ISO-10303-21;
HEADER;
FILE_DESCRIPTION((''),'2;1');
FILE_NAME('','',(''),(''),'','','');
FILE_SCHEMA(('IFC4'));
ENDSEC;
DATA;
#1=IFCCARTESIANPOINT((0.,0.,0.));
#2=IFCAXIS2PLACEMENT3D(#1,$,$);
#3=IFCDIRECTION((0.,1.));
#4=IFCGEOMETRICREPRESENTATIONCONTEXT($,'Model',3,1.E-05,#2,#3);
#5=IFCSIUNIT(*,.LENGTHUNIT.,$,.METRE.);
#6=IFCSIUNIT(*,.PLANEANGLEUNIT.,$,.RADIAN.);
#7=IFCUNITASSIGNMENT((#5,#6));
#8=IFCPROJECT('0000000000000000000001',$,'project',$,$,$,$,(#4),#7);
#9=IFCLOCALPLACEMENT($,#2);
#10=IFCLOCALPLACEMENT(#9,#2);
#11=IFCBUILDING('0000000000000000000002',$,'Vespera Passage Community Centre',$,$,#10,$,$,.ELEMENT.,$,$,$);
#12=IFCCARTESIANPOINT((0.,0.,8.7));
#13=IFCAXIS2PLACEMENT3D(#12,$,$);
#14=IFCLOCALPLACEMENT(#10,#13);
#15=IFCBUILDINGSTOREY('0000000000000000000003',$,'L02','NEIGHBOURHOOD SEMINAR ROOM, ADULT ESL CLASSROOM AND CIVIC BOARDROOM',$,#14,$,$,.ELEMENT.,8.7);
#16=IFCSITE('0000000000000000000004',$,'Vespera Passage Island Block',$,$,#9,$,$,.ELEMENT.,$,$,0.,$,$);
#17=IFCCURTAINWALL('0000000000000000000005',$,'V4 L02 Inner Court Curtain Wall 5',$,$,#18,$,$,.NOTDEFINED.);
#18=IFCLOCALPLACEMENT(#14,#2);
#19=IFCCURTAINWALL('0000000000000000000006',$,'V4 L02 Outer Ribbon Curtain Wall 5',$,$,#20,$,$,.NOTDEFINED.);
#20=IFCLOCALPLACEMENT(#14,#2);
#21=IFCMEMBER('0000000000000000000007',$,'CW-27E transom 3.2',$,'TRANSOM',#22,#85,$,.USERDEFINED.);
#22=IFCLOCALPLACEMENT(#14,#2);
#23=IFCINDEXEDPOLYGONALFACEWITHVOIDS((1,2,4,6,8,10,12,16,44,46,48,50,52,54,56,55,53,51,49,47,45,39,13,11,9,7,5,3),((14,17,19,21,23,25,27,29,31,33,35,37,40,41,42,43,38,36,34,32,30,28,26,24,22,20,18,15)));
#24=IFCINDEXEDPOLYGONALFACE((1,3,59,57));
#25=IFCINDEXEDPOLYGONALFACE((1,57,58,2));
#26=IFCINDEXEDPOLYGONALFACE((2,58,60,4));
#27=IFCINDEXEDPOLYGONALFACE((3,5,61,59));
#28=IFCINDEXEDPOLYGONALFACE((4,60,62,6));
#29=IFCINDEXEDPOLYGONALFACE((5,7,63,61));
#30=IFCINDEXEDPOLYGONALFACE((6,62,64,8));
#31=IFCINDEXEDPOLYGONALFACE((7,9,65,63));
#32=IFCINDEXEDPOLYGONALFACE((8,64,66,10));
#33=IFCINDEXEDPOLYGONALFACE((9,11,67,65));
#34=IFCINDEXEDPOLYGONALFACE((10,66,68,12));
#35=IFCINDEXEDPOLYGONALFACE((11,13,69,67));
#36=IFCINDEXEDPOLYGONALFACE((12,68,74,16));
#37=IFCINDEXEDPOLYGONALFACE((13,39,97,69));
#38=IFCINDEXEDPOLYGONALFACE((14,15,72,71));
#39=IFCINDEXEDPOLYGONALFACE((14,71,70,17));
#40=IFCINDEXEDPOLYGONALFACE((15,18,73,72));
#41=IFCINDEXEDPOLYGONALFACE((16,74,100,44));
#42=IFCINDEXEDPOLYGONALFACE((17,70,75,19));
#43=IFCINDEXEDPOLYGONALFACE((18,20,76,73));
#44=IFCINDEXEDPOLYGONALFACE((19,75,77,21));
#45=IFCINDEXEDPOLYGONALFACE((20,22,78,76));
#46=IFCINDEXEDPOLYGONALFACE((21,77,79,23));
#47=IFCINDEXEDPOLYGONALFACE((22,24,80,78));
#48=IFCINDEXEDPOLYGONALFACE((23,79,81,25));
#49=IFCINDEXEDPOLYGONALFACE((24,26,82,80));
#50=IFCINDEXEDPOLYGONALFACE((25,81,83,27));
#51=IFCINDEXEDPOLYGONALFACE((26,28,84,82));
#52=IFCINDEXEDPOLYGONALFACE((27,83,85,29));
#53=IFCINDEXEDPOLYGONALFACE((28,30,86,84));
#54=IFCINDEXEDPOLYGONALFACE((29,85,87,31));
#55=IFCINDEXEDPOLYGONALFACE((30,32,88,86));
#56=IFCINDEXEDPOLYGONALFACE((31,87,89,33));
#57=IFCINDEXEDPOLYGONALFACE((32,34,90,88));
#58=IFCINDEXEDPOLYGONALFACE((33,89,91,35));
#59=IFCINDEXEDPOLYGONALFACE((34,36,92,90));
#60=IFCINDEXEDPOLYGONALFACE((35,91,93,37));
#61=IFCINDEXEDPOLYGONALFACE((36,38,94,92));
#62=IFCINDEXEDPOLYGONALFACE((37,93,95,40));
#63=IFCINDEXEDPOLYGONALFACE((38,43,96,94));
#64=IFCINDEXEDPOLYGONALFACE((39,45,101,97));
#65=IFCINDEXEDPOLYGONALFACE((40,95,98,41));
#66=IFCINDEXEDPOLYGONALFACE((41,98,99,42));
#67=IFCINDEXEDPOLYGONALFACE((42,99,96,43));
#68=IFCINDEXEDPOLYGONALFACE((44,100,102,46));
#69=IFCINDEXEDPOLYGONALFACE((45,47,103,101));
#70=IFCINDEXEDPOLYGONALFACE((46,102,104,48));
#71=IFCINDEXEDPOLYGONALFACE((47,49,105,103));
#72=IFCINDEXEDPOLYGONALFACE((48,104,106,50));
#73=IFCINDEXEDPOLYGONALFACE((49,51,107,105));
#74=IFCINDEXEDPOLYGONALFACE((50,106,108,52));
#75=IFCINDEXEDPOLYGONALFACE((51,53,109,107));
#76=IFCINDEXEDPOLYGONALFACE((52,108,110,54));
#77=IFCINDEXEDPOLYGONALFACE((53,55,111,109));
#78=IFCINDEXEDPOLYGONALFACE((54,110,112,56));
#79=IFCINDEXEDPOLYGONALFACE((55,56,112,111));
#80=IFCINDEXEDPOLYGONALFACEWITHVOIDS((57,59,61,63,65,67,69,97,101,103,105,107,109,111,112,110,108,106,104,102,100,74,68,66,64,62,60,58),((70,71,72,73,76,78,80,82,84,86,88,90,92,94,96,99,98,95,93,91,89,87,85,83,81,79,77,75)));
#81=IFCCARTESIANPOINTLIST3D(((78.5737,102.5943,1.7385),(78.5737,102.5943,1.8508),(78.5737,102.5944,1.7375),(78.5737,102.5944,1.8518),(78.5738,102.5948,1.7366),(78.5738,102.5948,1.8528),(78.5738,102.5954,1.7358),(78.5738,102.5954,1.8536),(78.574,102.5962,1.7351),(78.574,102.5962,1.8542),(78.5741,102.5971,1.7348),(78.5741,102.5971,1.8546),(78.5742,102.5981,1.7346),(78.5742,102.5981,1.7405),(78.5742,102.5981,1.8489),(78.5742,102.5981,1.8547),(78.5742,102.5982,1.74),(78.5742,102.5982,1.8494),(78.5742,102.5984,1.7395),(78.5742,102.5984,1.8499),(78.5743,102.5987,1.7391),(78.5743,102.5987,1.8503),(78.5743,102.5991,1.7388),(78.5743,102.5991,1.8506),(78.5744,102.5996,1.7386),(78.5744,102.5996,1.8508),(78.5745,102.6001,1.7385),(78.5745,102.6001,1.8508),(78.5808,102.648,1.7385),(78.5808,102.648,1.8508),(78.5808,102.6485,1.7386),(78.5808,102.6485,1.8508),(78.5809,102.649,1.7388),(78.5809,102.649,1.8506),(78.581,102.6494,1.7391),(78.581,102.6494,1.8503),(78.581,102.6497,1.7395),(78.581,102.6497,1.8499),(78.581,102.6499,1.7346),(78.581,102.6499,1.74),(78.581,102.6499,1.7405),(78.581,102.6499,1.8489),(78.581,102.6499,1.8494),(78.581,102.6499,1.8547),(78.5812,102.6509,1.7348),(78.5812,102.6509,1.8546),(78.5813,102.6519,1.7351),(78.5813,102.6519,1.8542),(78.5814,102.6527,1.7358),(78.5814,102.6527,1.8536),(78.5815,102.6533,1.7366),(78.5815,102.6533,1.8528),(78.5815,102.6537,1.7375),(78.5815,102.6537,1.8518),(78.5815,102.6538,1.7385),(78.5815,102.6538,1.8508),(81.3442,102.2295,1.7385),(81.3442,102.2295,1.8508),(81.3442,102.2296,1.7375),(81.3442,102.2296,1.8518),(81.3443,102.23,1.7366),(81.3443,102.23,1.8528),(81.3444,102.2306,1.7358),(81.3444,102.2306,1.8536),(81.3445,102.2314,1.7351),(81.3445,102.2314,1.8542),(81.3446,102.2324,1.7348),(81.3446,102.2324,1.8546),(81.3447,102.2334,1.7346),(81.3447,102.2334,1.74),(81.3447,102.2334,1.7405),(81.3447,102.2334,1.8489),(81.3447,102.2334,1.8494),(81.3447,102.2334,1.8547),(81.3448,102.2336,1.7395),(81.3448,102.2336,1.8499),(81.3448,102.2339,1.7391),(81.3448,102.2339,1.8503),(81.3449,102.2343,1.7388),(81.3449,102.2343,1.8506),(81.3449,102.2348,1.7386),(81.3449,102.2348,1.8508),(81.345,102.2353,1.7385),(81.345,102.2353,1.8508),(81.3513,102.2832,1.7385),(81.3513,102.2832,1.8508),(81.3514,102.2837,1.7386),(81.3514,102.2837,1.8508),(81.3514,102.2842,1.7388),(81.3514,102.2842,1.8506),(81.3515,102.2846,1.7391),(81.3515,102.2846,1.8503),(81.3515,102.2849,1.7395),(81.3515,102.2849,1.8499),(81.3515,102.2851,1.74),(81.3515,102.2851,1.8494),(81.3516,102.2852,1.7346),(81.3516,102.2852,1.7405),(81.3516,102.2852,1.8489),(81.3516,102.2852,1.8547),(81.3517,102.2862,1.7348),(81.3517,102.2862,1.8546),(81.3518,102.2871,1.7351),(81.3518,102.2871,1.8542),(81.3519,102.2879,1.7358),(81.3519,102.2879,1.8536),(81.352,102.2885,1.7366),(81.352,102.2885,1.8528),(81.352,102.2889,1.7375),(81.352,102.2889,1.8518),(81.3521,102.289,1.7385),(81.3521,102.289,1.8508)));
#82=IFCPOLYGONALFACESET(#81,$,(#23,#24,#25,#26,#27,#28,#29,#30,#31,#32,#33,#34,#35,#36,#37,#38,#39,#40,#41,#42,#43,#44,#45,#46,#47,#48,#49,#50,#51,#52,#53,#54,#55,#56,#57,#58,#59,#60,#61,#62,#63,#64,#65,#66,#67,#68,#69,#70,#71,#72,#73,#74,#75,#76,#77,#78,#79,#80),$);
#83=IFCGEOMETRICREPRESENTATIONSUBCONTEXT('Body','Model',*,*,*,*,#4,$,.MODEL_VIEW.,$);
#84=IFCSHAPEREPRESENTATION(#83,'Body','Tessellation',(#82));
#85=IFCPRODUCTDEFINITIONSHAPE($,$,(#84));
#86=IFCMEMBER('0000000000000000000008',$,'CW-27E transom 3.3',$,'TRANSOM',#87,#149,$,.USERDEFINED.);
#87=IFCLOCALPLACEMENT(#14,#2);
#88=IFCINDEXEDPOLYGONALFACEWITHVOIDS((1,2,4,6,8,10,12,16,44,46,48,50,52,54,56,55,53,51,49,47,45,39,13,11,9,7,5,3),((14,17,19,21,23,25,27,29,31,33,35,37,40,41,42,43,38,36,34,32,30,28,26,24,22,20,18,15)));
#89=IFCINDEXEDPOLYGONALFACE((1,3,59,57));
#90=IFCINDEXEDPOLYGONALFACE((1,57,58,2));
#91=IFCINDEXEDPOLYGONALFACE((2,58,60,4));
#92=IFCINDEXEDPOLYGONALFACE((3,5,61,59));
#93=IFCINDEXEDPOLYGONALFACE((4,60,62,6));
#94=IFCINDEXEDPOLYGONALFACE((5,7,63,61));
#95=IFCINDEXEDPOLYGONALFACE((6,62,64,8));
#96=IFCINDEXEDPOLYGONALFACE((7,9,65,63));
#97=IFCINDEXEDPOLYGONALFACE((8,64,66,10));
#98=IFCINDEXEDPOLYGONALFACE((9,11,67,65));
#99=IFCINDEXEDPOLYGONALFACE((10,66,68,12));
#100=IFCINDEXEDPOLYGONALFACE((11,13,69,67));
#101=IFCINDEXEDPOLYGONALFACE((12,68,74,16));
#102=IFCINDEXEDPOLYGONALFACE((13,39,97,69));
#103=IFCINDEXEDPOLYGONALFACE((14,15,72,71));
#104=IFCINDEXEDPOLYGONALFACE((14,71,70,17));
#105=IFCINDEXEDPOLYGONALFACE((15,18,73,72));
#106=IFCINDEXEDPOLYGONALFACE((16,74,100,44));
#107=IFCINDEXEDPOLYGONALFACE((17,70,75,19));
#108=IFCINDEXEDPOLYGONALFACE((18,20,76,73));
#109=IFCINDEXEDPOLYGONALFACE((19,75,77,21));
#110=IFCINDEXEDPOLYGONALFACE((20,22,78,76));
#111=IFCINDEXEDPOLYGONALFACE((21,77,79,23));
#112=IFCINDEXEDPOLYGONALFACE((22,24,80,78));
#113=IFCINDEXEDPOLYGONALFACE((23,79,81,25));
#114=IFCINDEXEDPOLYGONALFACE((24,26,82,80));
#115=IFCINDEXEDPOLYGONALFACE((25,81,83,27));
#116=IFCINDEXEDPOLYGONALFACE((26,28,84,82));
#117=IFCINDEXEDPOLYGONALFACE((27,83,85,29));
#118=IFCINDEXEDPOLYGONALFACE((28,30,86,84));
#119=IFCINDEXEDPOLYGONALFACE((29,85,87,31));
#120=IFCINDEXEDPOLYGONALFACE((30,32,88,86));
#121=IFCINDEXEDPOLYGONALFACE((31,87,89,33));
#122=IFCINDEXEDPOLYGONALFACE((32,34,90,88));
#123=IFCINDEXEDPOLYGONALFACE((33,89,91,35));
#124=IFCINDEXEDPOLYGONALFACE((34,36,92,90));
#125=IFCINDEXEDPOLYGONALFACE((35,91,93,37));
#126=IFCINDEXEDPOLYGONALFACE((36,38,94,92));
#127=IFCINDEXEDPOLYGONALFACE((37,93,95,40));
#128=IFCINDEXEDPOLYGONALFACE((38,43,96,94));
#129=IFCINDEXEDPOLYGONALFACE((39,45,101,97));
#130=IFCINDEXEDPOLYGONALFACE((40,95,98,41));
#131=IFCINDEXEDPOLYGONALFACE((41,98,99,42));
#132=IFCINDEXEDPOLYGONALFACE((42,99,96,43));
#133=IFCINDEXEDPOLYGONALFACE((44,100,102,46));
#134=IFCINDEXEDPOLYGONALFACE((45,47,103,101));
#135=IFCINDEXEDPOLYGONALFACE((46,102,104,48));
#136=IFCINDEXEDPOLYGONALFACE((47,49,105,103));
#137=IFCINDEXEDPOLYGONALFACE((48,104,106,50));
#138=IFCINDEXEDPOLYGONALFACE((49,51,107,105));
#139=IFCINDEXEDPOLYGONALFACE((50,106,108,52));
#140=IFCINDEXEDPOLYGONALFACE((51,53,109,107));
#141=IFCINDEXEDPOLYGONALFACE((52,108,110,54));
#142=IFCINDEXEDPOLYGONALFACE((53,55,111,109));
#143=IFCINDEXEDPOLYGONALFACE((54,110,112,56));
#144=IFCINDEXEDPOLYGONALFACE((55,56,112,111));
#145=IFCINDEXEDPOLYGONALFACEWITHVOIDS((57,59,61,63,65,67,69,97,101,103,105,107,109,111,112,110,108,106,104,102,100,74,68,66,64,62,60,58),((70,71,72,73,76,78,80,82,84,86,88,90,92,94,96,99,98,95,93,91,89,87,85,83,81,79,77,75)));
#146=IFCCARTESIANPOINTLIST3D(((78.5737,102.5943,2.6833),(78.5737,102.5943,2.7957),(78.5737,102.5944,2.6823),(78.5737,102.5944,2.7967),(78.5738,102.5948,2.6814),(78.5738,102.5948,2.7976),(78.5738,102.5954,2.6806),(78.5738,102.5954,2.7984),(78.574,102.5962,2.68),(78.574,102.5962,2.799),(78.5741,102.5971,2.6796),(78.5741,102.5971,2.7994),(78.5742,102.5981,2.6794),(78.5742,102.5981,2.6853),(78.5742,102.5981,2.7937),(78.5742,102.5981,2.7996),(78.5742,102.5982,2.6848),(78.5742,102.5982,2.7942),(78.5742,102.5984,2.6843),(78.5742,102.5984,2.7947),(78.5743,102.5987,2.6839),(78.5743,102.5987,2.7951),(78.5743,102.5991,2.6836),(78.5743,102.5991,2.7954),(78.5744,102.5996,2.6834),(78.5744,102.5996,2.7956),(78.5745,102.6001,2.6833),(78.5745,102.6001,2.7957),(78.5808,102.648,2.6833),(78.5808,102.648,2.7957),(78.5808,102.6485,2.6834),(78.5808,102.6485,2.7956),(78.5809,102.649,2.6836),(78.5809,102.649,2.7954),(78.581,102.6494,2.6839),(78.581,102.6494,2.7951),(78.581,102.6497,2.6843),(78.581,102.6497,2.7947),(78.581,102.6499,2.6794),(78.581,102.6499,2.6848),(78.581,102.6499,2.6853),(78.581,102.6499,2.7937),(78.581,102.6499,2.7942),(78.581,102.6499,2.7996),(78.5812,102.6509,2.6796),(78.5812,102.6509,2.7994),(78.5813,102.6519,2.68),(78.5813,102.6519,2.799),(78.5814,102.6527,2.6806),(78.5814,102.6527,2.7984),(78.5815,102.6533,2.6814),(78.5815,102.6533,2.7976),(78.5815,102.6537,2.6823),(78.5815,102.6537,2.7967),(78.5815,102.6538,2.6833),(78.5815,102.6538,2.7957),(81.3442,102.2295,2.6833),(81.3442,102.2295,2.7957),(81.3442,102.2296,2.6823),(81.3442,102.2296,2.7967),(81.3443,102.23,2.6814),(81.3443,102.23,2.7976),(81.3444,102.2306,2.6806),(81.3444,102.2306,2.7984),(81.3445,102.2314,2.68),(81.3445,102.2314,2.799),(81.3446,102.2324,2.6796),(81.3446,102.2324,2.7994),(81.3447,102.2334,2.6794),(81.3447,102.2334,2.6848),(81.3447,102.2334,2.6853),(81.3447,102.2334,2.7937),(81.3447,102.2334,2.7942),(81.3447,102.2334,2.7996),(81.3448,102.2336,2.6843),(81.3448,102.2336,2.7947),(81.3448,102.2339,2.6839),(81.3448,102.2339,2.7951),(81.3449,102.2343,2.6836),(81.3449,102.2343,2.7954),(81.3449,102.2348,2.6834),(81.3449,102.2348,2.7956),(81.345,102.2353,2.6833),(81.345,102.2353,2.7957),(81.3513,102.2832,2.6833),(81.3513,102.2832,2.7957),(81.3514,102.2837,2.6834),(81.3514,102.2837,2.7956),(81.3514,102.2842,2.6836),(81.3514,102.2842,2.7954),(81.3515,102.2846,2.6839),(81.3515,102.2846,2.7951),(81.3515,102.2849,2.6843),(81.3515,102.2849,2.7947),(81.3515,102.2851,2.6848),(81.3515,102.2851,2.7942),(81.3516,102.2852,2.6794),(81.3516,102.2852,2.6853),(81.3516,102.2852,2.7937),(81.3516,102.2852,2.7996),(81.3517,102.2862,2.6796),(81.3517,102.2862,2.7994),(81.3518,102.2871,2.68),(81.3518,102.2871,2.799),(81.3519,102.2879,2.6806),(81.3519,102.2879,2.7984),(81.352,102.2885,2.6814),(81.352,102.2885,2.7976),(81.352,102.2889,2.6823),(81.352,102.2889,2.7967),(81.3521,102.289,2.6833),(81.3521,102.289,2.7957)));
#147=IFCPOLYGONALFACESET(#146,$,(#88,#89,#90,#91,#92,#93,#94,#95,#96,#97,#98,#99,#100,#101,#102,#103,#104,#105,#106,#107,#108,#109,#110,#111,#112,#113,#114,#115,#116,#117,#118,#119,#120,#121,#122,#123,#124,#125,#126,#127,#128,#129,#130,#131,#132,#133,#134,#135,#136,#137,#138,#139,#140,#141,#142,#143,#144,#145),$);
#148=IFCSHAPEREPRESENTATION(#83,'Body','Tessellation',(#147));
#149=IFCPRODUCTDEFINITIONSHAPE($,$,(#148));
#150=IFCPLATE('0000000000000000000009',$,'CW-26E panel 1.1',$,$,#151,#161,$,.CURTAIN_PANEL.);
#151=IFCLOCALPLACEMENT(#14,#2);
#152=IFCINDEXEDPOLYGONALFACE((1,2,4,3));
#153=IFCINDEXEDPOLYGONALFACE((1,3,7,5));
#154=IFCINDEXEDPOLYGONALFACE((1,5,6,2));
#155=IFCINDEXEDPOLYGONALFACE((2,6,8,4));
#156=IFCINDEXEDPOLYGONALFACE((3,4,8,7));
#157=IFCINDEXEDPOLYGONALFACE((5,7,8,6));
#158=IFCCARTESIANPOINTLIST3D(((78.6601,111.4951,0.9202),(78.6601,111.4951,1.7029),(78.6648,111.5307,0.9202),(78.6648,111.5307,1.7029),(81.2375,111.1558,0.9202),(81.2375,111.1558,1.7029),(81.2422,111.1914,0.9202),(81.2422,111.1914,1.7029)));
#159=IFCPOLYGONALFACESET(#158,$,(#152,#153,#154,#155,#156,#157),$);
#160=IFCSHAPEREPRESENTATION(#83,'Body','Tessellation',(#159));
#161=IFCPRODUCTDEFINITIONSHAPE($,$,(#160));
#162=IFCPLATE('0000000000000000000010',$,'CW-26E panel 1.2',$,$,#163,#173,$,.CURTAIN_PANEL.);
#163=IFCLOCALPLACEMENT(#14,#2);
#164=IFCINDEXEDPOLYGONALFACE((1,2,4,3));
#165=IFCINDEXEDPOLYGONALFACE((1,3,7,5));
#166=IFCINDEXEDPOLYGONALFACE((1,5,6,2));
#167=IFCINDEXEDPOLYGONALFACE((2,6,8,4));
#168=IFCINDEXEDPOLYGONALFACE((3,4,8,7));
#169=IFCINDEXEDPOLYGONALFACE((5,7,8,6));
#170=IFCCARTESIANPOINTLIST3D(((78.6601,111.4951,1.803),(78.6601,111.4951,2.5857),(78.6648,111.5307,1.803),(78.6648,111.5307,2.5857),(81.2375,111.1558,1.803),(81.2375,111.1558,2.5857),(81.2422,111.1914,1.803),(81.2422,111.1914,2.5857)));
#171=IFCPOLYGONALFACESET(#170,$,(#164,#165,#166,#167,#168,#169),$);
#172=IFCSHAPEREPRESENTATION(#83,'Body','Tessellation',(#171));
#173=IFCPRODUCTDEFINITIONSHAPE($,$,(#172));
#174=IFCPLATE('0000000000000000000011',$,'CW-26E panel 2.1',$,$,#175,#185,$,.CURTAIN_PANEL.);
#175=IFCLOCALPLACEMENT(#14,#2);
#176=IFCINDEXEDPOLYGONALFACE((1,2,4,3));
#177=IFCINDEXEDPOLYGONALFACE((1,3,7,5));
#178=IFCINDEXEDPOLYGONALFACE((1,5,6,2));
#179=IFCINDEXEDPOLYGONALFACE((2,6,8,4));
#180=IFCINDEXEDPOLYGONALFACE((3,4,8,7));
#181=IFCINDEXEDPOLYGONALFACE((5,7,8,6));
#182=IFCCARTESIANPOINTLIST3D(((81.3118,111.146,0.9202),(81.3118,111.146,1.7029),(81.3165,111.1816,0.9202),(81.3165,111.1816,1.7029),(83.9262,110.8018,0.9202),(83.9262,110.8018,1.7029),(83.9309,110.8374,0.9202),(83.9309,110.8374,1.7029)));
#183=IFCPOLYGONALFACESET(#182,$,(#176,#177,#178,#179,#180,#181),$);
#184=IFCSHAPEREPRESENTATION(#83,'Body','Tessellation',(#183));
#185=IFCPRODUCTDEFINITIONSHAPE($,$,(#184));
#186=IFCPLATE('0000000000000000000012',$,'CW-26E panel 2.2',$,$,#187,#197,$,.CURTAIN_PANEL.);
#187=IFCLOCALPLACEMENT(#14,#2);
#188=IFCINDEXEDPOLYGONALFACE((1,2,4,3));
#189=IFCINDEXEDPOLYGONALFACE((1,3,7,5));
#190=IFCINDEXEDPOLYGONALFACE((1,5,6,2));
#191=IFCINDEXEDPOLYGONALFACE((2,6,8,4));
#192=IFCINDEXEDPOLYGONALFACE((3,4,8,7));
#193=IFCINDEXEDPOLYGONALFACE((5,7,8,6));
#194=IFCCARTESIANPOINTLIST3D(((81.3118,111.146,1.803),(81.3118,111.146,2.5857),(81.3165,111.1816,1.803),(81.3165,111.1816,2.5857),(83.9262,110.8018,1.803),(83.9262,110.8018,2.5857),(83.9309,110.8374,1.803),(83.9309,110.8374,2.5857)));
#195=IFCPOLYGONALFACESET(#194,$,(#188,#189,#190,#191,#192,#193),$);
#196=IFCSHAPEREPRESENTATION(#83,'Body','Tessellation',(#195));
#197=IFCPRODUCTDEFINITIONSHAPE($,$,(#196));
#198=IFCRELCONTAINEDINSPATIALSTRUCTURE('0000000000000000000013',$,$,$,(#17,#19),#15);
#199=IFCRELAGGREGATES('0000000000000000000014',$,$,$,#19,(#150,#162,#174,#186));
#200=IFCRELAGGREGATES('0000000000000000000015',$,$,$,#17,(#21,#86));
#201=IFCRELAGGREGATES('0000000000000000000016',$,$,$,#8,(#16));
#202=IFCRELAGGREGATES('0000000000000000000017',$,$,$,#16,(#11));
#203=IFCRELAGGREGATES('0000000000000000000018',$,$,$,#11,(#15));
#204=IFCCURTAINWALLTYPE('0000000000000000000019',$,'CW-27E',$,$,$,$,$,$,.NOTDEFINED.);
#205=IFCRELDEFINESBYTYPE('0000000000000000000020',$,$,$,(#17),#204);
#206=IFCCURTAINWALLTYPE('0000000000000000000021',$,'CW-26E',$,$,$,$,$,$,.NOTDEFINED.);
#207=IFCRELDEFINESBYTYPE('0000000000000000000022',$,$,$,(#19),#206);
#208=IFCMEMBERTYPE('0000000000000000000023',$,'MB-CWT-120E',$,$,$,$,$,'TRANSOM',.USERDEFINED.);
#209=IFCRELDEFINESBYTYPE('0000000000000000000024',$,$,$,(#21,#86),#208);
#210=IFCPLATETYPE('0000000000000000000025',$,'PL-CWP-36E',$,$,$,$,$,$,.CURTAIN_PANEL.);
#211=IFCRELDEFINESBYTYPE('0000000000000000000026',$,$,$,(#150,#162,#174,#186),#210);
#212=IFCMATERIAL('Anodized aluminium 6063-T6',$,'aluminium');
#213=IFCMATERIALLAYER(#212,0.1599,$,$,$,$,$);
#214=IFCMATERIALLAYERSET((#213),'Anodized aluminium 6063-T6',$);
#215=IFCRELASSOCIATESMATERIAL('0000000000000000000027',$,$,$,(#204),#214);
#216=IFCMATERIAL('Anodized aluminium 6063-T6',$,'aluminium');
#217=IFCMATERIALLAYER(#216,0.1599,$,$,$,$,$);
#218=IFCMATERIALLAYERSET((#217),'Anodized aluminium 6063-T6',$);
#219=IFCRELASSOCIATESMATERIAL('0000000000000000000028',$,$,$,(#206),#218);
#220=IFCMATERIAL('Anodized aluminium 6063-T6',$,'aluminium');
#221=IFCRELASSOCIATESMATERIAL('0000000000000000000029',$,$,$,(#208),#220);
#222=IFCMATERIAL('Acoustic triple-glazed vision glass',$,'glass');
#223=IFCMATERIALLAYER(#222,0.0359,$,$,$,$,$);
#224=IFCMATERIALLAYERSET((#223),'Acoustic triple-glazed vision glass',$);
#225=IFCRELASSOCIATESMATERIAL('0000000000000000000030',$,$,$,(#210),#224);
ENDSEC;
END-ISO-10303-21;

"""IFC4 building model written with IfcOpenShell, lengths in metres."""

from ifc_helpers import new_model, si_unit, direction, frame, origin, origin_2d, place, context, subcontext, project, spatial, rectangle, hollow_rectangle, extrude, material, layer, layer_set, material_profile, profile_set, type_object, element, aggregate, save


model = new_model("IFC4")

# Units and contexts
model_context = context("Model", 3, precision=1e-05, world=origin(), true_north=direction((0.0, 1.0)))
body_context = subcontext(model_context, "Body", "Model", "MODEL_VIEW")
ifc_project = project(units=[si_unit("LENGTHUNIT", "METRE"), si_unit("PLANEANGLEUNIT", "RADIAN")], contexts=[model_context])

# Site, building, storey
site_placement = place(None, origin())
site = spatial("IfcSite", under=ifc_project, at=site_placement, Name="Vespera Passage Island Block", CompositionType="ELEMENT", RefElevation=0.0)
building_placement = place(site_placement, origin())
building = spatial("IfcBuilding", under=site, at=building_placement, Name="Vespera Passage Community Centre", CompositionType="ELEMENT")
storey_placement = place(building_placement, frame((0.0, 0.0, 8.7)))
storey = spatial("IfcBuildingStorey", under=building, at=storey_placement, Name="L02", Description="NEIGHBOURHOOD SEMINAR ROOM, ADULT ESL CLASSROOM AND CIVIC BOARDROOM", CompositionType="ELEMENT", Elevation=8.7)

# Curtain walls
ifc_material_1 = material(Name="Anodized aluminium 6063-T6", Category="aluminium")
ifc_layer_1 = layer(ifc_material_1, 0.1599)
ifc_layer_set_1 = layer_set([ifc_layer_1], Name="Anodized aluminium 6063-T6")
curtain_wall_type_1 = type_object("IfcCurtainWallType", Name="CW-27E", PredefinedType="NOTDEFINED", material=ifc_layer_set_1)
curtain_wall_1_placement = place(storey_placement, origin())
curtain_wall_1 = element("IfcCurtainWall", 1, at=curtain_wall_1_placement, inside=storey, type_object=curtain_wall_type_1, Name="V4 L02 Inner Court Curtain Wall 5", PredefinedType="NOTDEFINED")
ifc_material_2 = material(Name="Anodized aluminium 6063-T6", Category="aluminium")
ifc_layer_2 = layer(ifc_material_2, 0.1599)
ifc_layer_set_2 = layer_set([ifc_layer_2], Name="Anodized aluminium 6063-T6")
curtain_wall_type_2 = type_object("IfcCurtainWallType", Name="CW-26E", PredefinedType="NOTDEFINED", material=ifc_layer_set_2)
curtain_wall_2_placement = place(storey_placement, origin())
curtain_wall_2 = element("IfcCurtainWall", 2, at=curtain_wall_2_placement, inside=storey, type_object=curtain_wall_type_2, Name="V4 L02 Outer Ribbon Curtain Wall 5", PredefinedType="NOTDEFINED")

# Members
ifc_material_3 = material(Name="Anodized aluminium 6063-T6", Category="aluminium")
ifc_material_profile_1 = material_profile(ifc_material_3, hollow_rectangle(XDim=0.0601, YDim=0.1201, WallThickness=0.0039, InnerFilletRadius=0.002, OuterFilletRadius=0.0039, at=origin_2d()), Name="ALU120X60X4")
ifc_profile_set_1 = profile_set([ifc_material_profile_1], Name="Anodized aluminium 6063-T6")
member_type_1 = type_object("IfcMemberType", Name="MB-CWT-120E", ElementType="TRANSOM", PredefinedType="USERDEFINED", material=ifc_profile_set_1)
member_1_placement = place(storey_placement, frame((81.3481, 102.2593, 1.7947), z_axis=(-0.991445, 0.130527, 0.0), x_axis=(-0.130527, -0.991445, 0.0)))
member_1 = element("IfcMember", 3, at=member_1_placement, type_object=member_type_1, Name="CW-27E transom 3.2", ObjectType="TRANSOM", PredefinedType="USERDEFINED", context=body_context, shape_type="SweptSolid", body=[
    extrude(hollow_rectangle(XDim=0.0601, YDim=0.1201, WallThickness=0.0039, InnerFilletRadius=0.002, OuterFilletRadius=0.0039, at=origin_2d()), origin(), (0.0, 0.0, 1.0), 2.7944),
])
member_2_placement = place(storey_placement, frame((81.3481, 102.2593, 2.7395), z_axis=(-0.991445, 0.130527, 0.0), x_axis=(-0.130527, -0.991445, 0.0)))
member_2 = element("IfcMember", 4, at=member_2_placement, type_object=member_type_1, Name="CW-27E transom 3.3", ObjectType="TRANSOM", PredefinedType="USERDEFINED", context=body_context, shape_type="SweptSolid", body=[
    extrude(hollow_rectangle(XDim=0.0601, YDim=0.1201, WallThickness=0.0039, InnerFilletRadius=0.002, OuterFilletRadius=0.0039, at=origin_2d()), origin(), (0.0, 0.0, 1.0), 2.7944),
])

# Plates
ifc_material_4 = material(Name="Acoustic triple-glazed vision glass", Category="glass")
ifc_layer_3 = layer(ifc_material_4, 0.0359)
ifc_layer_set_3 = layer_set([ifc_layer_3], Name="Acoustic triple-glazed vision glass")
plate_type = type_object("IfcPlateType", Name="PL-CWP-36E", PredefinedType="CURTAIN_PANEL", material=ifc_layer_set_3)
plate_1_placement = place(storey_placement, frame((79.9512, 111.3433, 0.9202), z_axis=(0.0, 0.0, 1.0), x_axis=(0.991444, -0.130531, 0.0)))
plate_1 = element("IfcPlate", 5, at=plate_1_placement, type_object=plate_type, Name="CW-26E panel 1.1", PredefinedType="CURTAIN_PANEL", context=body_context, shape_type="SweptSolid", body=[
    extrude(rectangle(XDim=2.5996, YDim=0.0359, at=origin_2d()), origin(), (0.0, 0.0, 1.0), 0.7827),
])
plate_2_placement = place(storey_placement, frame((79.9512, 111.3433, 1.803), z_axis=(0.0, 0.0, 1.0), x_axis=(0.991444, -0.130531, 0.0)))
plate_2 = element("IfcPlate", 6, at=plate_2_placement, type_object=plate_type, Name="CW-26E panel 1.2", PredefinedType="CURTAIN_PANEL", context=body_context, shape_type="SweptSolid", body=[
    extrude(rectangle(XDim=2.5996, YDim=0.0359, at=origin_2d()), origin(), (0.0, 0.0, 1.0), 0.7827),
])
plate_3_placement = place(storey_placement, frame((82.6213, 110.9917, 0.9202), z_axis=(0.0, 0.0, 1.0), x_axis=(0.991444, -0.130531, 0.0)))
plate_3 = element("IfcPlate", 7, at=plate_3_placement, type_object=plate_type, Name="CW-26E panel 2.1", PredefinedType="CURTAIN_PANEL", context=body_context, shape_type="SweptSolid", body=[
    extrude(rectangle(XDim=2.637, YDim=0.0359, at=origin_2d()), origin(), (0.0, 0.0, 1.0), 0.7827),
])
plate_4_placement = place(storey_placement, frame((82.6213, 110.9917, 1.803), z_axis=(0.0, 0.0, 1.0), x_axis=(0.991444, -0.130531, 0.0)))
plate_4 = element("IfcPlate", 8, at=plate_4_placement, type_object=plate_type, Name="CW-26E panel 2.2", PredefinedType="CURTAIN_PANEL", context=body_context, shape_type="SweptSolid", body=[
    extrude(rectangle(XDim=2.637, YDim=0.0359, at=origin_2d()), origin(), (0.0, 0.0, 1.0), 0.7827),
])
aggregate(curtain_wall_2, [plate_1, plate_2, plate_3, plate_4])
aggregate(curtain_wall_1, [member_1, member_2])

save(model, "model.ifc")
